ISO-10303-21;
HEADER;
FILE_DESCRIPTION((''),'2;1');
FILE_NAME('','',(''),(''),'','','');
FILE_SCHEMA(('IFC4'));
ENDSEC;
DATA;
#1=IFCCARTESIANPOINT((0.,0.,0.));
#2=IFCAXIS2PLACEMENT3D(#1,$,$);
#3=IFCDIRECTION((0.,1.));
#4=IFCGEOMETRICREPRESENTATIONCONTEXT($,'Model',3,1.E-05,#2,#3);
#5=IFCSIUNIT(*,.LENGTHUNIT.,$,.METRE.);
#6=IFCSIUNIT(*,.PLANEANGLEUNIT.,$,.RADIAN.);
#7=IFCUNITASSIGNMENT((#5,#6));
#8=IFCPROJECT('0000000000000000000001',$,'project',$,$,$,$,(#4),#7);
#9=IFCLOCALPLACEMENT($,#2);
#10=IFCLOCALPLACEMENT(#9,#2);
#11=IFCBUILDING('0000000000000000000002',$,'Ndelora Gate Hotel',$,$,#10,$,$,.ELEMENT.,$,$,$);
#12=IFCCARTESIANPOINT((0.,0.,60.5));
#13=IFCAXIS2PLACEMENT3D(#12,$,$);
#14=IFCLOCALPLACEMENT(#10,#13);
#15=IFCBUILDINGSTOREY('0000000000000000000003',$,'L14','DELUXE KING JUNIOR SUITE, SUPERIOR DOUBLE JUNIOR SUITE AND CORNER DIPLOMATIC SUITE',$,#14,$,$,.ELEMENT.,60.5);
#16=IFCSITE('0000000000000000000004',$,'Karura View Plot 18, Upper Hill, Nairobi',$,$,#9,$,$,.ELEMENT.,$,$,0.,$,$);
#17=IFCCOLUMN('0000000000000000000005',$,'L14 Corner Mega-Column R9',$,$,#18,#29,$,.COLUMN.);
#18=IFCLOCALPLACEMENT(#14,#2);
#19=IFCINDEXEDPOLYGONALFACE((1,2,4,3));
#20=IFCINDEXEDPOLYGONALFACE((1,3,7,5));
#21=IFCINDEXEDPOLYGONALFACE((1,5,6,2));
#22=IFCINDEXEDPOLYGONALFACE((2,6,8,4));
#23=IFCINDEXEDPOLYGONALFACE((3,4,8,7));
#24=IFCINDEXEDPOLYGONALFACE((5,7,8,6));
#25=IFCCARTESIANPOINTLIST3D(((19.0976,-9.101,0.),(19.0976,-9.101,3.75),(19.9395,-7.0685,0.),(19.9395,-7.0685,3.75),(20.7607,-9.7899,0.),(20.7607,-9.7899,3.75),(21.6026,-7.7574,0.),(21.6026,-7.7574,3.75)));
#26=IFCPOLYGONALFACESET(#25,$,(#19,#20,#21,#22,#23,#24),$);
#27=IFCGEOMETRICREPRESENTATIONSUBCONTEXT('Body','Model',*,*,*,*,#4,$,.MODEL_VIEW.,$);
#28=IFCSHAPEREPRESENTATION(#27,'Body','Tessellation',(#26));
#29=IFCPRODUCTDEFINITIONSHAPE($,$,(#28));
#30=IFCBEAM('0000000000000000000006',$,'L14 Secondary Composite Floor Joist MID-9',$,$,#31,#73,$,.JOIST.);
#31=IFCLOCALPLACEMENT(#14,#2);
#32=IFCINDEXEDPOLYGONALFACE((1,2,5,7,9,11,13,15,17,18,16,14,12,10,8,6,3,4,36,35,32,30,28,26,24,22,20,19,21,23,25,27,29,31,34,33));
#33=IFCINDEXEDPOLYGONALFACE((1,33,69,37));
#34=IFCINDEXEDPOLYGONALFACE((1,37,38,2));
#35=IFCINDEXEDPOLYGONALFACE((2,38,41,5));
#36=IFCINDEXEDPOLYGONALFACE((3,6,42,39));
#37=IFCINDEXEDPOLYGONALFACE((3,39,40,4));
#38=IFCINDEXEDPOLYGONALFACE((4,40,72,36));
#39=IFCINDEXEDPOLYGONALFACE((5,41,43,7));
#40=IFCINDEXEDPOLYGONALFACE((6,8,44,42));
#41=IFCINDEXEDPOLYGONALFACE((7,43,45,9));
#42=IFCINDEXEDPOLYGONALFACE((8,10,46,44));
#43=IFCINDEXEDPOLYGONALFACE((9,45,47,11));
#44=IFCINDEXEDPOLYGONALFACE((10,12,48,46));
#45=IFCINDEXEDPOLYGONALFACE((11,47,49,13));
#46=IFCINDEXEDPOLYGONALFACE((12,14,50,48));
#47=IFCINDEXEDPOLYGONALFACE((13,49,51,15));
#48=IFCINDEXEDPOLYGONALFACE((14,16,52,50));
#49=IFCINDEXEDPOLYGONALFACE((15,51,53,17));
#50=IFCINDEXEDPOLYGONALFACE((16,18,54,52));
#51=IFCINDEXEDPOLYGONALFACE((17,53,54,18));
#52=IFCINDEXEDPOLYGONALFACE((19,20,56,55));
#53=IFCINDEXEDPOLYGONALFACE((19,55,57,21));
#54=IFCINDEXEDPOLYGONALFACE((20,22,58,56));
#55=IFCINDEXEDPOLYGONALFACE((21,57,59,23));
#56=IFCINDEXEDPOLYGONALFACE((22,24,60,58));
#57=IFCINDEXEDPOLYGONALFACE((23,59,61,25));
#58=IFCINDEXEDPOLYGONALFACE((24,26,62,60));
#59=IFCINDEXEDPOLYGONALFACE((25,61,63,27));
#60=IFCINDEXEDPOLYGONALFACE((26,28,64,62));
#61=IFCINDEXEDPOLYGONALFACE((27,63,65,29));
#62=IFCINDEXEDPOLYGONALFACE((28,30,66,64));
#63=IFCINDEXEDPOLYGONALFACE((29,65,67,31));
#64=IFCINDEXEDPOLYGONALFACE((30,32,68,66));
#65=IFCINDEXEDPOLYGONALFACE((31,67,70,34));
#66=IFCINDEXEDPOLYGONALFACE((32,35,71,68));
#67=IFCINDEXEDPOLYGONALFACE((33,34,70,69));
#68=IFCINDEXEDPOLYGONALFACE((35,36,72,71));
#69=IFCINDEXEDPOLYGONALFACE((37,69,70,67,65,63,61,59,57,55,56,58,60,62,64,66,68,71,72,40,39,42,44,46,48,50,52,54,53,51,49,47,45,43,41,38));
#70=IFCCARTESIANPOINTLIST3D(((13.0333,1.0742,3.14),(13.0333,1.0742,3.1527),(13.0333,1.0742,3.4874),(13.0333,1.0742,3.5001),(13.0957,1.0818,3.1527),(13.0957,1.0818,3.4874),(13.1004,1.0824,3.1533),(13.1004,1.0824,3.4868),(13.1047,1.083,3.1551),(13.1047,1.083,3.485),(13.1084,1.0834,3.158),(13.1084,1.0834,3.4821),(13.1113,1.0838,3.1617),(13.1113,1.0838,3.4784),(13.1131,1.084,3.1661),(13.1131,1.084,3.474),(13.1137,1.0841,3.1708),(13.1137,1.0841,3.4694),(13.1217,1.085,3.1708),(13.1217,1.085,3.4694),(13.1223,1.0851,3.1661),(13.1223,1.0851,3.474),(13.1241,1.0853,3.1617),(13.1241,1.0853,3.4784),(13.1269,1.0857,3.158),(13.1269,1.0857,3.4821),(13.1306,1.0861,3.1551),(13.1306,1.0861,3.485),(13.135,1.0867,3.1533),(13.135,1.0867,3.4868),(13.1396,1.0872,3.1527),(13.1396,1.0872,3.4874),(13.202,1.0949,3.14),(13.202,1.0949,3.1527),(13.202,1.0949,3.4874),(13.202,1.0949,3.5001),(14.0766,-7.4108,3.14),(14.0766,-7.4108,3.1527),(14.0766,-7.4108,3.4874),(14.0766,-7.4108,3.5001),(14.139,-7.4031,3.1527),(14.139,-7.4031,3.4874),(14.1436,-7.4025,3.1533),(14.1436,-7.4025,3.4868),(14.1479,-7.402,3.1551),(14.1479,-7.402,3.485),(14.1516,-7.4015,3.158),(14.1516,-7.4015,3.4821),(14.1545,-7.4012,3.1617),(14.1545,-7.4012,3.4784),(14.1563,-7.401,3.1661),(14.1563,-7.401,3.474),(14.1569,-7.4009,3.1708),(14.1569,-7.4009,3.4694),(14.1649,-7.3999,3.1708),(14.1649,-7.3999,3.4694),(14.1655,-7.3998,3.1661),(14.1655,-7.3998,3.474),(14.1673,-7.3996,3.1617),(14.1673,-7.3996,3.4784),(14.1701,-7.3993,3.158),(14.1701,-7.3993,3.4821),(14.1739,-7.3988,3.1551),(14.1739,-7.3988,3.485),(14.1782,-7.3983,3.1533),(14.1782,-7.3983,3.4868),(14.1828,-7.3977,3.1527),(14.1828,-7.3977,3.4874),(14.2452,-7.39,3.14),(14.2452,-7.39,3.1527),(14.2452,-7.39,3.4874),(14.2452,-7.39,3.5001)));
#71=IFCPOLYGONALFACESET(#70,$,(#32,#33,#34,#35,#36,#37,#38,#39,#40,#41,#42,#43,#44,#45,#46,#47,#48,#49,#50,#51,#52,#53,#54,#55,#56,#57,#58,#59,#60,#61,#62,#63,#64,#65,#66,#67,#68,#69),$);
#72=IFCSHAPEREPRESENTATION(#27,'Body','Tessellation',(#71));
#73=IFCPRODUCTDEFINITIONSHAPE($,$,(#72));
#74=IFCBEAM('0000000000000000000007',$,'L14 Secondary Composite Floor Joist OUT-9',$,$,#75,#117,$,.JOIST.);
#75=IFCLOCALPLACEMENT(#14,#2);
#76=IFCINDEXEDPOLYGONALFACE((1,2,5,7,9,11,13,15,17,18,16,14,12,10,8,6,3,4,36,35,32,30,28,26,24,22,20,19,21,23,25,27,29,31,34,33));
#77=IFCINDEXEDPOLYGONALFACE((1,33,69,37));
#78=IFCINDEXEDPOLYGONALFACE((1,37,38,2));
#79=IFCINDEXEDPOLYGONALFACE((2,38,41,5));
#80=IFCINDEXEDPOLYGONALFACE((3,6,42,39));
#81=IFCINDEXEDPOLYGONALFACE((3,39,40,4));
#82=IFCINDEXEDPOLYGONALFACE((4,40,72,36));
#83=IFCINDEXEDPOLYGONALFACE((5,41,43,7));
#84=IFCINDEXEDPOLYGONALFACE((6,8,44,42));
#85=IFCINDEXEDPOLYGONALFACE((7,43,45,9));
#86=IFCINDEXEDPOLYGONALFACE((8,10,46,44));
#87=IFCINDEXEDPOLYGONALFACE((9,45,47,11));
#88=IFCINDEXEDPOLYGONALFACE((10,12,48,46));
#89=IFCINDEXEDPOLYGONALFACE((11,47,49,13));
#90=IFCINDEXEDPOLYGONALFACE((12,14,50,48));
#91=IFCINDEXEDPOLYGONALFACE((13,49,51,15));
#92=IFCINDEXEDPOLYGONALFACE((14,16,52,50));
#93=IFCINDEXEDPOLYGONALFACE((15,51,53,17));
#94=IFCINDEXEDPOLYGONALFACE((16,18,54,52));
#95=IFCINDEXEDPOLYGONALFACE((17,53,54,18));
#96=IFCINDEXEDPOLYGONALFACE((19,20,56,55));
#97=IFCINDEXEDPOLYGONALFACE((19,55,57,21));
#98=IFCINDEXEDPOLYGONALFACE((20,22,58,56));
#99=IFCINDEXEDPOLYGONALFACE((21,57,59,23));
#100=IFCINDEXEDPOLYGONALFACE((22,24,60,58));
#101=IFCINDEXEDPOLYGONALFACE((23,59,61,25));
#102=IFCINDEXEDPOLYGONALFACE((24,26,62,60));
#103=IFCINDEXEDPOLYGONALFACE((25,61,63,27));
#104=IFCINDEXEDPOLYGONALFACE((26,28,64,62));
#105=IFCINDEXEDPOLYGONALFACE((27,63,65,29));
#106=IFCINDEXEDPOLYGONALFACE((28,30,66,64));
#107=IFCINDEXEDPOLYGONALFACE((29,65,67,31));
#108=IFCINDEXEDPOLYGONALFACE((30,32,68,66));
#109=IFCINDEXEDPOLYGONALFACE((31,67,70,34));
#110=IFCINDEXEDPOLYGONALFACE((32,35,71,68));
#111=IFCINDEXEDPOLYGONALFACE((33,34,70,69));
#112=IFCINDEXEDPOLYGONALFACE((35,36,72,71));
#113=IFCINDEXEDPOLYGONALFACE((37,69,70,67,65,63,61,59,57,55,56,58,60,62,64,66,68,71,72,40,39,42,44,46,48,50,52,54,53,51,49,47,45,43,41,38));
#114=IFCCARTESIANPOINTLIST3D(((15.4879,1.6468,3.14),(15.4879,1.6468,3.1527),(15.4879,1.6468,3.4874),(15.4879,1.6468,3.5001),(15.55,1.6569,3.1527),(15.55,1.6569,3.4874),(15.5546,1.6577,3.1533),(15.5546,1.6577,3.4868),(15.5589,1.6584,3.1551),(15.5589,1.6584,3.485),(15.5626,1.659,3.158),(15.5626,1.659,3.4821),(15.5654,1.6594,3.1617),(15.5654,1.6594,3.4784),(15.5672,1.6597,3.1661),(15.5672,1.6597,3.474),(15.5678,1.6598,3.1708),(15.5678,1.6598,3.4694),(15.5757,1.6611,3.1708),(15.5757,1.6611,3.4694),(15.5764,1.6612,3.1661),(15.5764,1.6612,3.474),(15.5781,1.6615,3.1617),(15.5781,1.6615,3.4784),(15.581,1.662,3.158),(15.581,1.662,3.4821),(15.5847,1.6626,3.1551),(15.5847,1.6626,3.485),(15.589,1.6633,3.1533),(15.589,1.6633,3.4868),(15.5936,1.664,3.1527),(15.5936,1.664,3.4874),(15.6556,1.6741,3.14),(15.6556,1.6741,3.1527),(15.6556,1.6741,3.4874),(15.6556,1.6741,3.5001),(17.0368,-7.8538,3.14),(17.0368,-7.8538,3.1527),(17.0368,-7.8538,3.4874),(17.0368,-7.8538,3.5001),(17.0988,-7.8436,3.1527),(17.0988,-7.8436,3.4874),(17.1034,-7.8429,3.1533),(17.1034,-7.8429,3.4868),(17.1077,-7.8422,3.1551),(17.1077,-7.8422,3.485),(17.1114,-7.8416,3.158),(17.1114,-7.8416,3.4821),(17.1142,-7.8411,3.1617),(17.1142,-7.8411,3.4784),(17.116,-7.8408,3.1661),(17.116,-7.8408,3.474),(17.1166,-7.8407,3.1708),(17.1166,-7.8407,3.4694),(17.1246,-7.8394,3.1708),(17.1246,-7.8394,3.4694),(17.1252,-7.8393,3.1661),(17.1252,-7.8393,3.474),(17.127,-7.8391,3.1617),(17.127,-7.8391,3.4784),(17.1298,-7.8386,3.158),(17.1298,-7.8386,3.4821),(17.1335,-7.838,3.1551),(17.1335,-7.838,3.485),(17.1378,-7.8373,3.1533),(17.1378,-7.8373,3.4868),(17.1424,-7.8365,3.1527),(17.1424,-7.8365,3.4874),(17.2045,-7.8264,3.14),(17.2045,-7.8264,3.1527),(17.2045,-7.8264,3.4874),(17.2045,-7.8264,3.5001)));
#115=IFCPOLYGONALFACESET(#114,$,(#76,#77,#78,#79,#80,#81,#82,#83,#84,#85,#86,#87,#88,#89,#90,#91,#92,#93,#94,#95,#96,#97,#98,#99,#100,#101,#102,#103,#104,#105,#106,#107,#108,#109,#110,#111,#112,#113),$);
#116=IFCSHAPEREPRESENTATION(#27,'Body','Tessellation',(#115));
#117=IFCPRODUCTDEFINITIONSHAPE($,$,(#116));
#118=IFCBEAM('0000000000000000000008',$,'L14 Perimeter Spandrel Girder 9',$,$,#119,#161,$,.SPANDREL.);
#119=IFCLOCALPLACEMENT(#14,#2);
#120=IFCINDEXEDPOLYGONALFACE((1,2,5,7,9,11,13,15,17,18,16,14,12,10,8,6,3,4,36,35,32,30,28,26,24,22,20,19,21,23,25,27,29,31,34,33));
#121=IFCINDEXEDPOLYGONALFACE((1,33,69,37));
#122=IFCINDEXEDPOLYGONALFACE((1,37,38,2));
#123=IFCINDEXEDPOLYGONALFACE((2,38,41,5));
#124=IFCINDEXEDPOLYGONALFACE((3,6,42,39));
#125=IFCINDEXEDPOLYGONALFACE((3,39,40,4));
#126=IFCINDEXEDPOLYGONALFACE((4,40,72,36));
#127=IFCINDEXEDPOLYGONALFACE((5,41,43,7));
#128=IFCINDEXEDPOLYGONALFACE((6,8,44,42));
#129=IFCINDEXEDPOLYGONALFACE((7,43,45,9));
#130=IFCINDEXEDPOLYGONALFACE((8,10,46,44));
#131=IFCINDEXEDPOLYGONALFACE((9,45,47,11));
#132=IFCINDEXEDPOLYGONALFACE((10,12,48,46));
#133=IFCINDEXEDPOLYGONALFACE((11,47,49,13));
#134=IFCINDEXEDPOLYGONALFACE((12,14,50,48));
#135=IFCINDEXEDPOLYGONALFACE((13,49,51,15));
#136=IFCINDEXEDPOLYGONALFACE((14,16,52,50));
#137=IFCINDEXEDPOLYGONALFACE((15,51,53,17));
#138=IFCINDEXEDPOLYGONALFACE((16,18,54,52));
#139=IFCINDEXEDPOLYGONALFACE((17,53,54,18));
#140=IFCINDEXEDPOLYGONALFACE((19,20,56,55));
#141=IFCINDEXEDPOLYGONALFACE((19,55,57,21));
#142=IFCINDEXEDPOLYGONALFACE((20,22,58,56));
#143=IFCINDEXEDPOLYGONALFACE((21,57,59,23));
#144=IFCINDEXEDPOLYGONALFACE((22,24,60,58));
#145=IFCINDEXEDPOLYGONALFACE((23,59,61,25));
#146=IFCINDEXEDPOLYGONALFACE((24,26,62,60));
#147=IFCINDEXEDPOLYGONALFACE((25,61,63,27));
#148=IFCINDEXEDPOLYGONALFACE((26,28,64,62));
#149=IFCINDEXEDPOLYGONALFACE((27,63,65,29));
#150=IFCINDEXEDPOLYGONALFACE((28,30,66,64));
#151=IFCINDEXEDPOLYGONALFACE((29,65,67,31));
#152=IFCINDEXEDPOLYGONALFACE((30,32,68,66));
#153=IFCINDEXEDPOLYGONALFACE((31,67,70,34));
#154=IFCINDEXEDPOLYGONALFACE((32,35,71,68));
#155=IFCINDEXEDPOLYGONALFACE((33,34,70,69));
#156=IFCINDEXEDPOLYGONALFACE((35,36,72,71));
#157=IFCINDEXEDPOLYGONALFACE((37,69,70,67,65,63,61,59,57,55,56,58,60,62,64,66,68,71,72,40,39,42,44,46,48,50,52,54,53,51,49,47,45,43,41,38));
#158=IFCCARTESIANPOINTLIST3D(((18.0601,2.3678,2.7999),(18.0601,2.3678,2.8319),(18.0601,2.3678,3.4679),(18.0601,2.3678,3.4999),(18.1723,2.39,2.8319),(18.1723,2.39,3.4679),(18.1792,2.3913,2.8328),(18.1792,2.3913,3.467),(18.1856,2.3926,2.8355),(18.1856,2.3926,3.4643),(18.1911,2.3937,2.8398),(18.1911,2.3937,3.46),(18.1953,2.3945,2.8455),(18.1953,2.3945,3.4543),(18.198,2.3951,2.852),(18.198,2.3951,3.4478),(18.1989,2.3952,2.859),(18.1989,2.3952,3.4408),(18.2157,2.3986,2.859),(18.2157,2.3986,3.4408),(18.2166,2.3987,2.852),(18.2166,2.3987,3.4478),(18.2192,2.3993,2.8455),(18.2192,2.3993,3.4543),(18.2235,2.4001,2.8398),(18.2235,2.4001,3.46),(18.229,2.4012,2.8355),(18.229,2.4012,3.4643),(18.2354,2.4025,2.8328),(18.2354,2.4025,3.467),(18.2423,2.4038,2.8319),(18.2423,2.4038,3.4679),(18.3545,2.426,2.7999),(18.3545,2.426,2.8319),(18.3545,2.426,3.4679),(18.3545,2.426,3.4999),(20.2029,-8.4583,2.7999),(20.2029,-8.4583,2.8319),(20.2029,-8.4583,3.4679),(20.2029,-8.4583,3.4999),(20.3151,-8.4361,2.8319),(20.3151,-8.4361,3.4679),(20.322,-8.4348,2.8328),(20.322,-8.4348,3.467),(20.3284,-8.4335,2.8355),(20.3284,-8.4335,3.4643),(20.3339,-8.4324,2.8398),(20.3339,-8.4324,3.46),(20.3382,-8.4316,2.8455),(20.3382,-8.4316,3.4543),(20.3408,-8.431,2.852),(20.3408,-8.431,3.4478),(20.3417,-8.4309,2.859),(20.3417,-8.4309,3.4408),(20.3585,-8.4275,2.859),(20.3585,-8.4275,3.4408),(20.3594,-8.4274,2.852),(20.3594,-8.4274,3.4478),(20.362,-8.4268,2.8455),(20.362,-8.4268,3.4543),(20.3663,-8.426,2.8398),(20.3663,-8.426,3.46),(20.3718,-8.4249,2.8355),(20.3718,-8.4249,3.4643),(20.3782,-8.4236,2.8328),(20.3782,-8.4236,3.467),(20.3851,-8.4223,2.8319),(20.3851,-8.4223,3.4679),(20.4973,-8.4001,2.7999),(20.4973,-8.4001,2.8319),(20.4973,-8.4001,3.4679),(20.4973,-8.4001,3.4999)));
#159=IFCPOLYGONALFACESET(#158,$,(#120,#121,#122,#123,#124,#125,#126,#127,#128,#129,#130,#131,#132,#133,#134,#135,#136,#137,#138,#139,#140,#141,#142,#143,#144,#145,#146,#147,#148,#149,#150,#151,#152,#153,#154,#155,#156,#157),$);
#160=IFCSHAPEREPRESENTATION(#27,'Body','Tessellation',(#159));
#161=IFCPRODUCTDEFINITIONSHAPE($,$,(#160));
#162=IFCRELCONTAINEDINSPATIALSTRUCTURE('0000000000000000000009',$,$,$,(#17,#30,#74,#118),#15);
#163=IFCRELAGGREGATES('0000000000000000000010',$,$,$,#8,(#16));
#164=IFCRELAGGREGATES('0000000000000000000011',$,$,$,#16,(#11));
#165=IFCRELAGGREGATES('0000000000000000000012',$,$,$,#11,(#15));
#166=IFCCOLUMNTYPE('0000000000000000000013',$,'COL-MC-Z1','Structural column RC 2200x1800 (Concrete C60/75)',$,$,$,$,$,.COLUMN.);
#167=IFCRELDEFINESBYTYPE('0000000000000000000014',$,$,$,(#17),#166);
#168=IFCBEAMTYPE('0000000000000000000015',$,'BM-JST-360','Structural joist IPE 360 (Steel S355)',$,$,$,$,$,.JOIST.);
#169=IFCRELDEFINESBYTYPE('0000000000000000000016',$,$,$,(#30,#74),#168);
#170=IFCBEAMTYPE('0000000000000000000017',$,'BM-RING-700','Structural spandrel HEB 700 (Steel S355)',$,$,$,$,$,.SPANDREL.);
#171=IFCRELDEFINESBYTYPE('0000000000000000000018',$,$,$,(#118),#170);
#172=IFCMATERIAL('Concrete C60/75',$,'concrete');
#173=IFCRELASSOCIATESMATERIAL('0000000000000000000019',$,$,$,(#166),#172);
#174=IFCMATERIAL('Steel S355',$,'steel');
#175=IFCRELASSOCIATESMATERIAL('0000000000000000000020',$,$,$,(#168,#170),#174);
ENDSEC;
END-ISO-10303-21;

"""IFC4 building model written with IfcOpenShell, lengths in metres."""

from ifc_helpers import new_model, si_unit, direction, frame, origin, origin_2d, place, context, subcontext, project, spatial, rectangle, i_section, extrude, material, material_profile, profile_set, type_object, element, save


model = new_model("IFC4")

# Units and contexts
model_context = context("Model", 3, precision=1e-05, world=origin(), true_north=direction((0.0, 1.0)))
body_context = subcontext(model_context, "Body", "Model", "MODEL_VIEW")
ifc_project = project(units=[si_unit("LENGTHUNIT", "METRE"), si_unit("PLANEANGLEUNIT", "RADIAN")], contexts=[model_context])

# Site, building, storey
site_placement = place(None, origin())
site = spatial("IfcSite", under=ifc_project, at=site_placement, Name="Karura View Plot 18, Upper Hill, Nairobi", CompositionType="ELEMENT", RefElevation=0.0)
building_placement = place(site_placement, origin())
building = spatial("IfcBuilding", under=site, at=building_placement, Name="Ndelora Gate Hotel", CompositionType="ELEMENT")
storey_placement = place(building_placement, frame((0.0, 0.0, 60.5)))
storey = spatial("IfcBuildingStorey", under=building, at=storey_placement, Name="L14", Description="DELUXE KING JUNIOR SUITE, SUPERIOR DOUBLE JUNIOR SUITE AND CORNER DIPLOMATIC SUITE", CompositionType="ELEMENT", Elevation=60.5)

# Column
ifc_material_1 = material(Name="Concrete C60/75", Category="concrete")
ifc_material_profile_1 = material_profile(ifc_material_1, rectangle(XDim=1.8, YDim=2.2, at=origin_2d()), Name="RC 2200x1800")
ifc_profile_set_1 = profile_set([ifc_material_profile_1], Name="Concrete C60/75")
column_type = type_object("IfcColumnType", Name="COL-MC-Z1", Description="Structural column RC 2200x1800 (Concrete C60/75)", PredefinedType="COLUMN", material=ifc_profile_set_1)
column_placement = place(storey_placement, frame((20.3501, -8.4292, 0.0), z_axis=(0.0, 0.0, 1.0), x_axis=(-0.92388, 0.382683, 0.0)))
element("IfcColumn", 1, at=column_placement, inside=storey, type_object=column_type, Name="L14 Corner Mega-Column R9", PredefinedType="COLUMN", context=body_context, shape_type="SweptSolid", body=[
    extrude(rectangle(XDim=1.8, YDim=2.2, at=origin_2d()), origin(), (0.0, 0.0, 1.0), 3.75),
])

# Beams
ifc_material_2 = material(Name="Steel S355", Category="steel")
ifc_material_profile_2 = material_profile(ifc_material_2, i_section(OverallWidth=0.1699, OverallDepth=0.3601, WebThickness=0.0081, FlangeThickness=0.0127, FilletRadius=0.0181, at=origin_2d()), Name="IPE 360")
ifc_profile_set_2 = profile_set([ifc_material_profile_2], Name="Steel S355")
beam_type_1 = type_object("IfcBeamType", Name="BM-JST-360", Description="Structural joist IPE 360 (Steel S355)", PredefinedType="JOIST", material=ifc_profile_set_2)
beam_1_placement = place(storey_placement, frame((14.1609, -7.4004, 3.3201), z_axis=(-0.122031, 0.992526, 0.0), x_axis=(-0.992526, -0.122031, 0.0)))
element("IfcBeam", 2, at=beam_1_placement, inside=storey, type_object=beam_type_1, Name="L14 Secondary Composite Floor Joist MID-9", PredefinedType="JOIST", context=body_context, shape_type="SweptSolid", body=[
    extrude(i_section(OverallWidth=0.1699, OverallDepth=0.3601, WebThickness=0.0081, FlangeThickness=0.0127, FilletRadius=0.0181, at=origin_2d()), origin(), (0.0, 0.0, 1.0), 8.5488),
])
beam_2_placement = place(storey_placement, frame((17.1206, -7.8401, 3.3201), z_axis=(-0.160902, 0.98697, 0.0), x_axis=(-0.98697, -0.160902, 0.0)))
element("IfcBeam", 3, at=beam_2_placement, inside=storey, type_object=beam_type_1, Name="L14 Secondary Composite Floor Joist OUT-9", PredefinedType="JOIST", context=body_context, shape_type="SweptSolid", body=[
    extrude(i_section(OverallWidth=0.1699, OverallDepth=0.3601, WebThickness=0.0081, FlangeThickness=0.0127, FilletRadius=0.0181, at=origin_2d()), origin(), (0.0, 0.0, 1.0), 9.626),
])
ifc_material_profile_3 = material_profile(ifc_material_2, i_section(OverallWidth=0.3, OverallDepth=0.7, WebThickness=0.0171, FlangeThickness=0.032, FilletRadius=0.0271, at=origin_2d()), Name="HEB 700")
ifc_profile_set_3 = profile_set([ifc_material_profile_3], Name="Steel S355")
beam_type_2 = type_object("IfcBeamType", Name="BM-RING-700", Description="Structural spandrel HEB 700 (Steel S355)", PredefinedType="SPANDREL", material=ifc_profile_set_3)
beam_3_placement = place(storey_placement, frame((20.3501, -8.4292, 3.1499), z_axis=(-0.194163, 0.980969, 0.0), x_axis=(-0.980969, -0.194163, 0.0)))
element("IfcBeam", 4, at=beam_3_placement, inside=storey, type_object=beam_type_2, Name="L14 Perimeter Spandrel Girder 9", PredefinedType="SPANDREL", context=body_context, shape_type="SweptSolid", body=[
    extrude(i_section(OverallWidth=0.3, OverallDepth=0.7, WebThickness=0.0171, FlangeThickness=0.032, FilletRadius=0.0271, at=origin_2d()), origin(), (0.0, 0.0, 1.0), 11.0361),
])

save(model, "model.ifc")
